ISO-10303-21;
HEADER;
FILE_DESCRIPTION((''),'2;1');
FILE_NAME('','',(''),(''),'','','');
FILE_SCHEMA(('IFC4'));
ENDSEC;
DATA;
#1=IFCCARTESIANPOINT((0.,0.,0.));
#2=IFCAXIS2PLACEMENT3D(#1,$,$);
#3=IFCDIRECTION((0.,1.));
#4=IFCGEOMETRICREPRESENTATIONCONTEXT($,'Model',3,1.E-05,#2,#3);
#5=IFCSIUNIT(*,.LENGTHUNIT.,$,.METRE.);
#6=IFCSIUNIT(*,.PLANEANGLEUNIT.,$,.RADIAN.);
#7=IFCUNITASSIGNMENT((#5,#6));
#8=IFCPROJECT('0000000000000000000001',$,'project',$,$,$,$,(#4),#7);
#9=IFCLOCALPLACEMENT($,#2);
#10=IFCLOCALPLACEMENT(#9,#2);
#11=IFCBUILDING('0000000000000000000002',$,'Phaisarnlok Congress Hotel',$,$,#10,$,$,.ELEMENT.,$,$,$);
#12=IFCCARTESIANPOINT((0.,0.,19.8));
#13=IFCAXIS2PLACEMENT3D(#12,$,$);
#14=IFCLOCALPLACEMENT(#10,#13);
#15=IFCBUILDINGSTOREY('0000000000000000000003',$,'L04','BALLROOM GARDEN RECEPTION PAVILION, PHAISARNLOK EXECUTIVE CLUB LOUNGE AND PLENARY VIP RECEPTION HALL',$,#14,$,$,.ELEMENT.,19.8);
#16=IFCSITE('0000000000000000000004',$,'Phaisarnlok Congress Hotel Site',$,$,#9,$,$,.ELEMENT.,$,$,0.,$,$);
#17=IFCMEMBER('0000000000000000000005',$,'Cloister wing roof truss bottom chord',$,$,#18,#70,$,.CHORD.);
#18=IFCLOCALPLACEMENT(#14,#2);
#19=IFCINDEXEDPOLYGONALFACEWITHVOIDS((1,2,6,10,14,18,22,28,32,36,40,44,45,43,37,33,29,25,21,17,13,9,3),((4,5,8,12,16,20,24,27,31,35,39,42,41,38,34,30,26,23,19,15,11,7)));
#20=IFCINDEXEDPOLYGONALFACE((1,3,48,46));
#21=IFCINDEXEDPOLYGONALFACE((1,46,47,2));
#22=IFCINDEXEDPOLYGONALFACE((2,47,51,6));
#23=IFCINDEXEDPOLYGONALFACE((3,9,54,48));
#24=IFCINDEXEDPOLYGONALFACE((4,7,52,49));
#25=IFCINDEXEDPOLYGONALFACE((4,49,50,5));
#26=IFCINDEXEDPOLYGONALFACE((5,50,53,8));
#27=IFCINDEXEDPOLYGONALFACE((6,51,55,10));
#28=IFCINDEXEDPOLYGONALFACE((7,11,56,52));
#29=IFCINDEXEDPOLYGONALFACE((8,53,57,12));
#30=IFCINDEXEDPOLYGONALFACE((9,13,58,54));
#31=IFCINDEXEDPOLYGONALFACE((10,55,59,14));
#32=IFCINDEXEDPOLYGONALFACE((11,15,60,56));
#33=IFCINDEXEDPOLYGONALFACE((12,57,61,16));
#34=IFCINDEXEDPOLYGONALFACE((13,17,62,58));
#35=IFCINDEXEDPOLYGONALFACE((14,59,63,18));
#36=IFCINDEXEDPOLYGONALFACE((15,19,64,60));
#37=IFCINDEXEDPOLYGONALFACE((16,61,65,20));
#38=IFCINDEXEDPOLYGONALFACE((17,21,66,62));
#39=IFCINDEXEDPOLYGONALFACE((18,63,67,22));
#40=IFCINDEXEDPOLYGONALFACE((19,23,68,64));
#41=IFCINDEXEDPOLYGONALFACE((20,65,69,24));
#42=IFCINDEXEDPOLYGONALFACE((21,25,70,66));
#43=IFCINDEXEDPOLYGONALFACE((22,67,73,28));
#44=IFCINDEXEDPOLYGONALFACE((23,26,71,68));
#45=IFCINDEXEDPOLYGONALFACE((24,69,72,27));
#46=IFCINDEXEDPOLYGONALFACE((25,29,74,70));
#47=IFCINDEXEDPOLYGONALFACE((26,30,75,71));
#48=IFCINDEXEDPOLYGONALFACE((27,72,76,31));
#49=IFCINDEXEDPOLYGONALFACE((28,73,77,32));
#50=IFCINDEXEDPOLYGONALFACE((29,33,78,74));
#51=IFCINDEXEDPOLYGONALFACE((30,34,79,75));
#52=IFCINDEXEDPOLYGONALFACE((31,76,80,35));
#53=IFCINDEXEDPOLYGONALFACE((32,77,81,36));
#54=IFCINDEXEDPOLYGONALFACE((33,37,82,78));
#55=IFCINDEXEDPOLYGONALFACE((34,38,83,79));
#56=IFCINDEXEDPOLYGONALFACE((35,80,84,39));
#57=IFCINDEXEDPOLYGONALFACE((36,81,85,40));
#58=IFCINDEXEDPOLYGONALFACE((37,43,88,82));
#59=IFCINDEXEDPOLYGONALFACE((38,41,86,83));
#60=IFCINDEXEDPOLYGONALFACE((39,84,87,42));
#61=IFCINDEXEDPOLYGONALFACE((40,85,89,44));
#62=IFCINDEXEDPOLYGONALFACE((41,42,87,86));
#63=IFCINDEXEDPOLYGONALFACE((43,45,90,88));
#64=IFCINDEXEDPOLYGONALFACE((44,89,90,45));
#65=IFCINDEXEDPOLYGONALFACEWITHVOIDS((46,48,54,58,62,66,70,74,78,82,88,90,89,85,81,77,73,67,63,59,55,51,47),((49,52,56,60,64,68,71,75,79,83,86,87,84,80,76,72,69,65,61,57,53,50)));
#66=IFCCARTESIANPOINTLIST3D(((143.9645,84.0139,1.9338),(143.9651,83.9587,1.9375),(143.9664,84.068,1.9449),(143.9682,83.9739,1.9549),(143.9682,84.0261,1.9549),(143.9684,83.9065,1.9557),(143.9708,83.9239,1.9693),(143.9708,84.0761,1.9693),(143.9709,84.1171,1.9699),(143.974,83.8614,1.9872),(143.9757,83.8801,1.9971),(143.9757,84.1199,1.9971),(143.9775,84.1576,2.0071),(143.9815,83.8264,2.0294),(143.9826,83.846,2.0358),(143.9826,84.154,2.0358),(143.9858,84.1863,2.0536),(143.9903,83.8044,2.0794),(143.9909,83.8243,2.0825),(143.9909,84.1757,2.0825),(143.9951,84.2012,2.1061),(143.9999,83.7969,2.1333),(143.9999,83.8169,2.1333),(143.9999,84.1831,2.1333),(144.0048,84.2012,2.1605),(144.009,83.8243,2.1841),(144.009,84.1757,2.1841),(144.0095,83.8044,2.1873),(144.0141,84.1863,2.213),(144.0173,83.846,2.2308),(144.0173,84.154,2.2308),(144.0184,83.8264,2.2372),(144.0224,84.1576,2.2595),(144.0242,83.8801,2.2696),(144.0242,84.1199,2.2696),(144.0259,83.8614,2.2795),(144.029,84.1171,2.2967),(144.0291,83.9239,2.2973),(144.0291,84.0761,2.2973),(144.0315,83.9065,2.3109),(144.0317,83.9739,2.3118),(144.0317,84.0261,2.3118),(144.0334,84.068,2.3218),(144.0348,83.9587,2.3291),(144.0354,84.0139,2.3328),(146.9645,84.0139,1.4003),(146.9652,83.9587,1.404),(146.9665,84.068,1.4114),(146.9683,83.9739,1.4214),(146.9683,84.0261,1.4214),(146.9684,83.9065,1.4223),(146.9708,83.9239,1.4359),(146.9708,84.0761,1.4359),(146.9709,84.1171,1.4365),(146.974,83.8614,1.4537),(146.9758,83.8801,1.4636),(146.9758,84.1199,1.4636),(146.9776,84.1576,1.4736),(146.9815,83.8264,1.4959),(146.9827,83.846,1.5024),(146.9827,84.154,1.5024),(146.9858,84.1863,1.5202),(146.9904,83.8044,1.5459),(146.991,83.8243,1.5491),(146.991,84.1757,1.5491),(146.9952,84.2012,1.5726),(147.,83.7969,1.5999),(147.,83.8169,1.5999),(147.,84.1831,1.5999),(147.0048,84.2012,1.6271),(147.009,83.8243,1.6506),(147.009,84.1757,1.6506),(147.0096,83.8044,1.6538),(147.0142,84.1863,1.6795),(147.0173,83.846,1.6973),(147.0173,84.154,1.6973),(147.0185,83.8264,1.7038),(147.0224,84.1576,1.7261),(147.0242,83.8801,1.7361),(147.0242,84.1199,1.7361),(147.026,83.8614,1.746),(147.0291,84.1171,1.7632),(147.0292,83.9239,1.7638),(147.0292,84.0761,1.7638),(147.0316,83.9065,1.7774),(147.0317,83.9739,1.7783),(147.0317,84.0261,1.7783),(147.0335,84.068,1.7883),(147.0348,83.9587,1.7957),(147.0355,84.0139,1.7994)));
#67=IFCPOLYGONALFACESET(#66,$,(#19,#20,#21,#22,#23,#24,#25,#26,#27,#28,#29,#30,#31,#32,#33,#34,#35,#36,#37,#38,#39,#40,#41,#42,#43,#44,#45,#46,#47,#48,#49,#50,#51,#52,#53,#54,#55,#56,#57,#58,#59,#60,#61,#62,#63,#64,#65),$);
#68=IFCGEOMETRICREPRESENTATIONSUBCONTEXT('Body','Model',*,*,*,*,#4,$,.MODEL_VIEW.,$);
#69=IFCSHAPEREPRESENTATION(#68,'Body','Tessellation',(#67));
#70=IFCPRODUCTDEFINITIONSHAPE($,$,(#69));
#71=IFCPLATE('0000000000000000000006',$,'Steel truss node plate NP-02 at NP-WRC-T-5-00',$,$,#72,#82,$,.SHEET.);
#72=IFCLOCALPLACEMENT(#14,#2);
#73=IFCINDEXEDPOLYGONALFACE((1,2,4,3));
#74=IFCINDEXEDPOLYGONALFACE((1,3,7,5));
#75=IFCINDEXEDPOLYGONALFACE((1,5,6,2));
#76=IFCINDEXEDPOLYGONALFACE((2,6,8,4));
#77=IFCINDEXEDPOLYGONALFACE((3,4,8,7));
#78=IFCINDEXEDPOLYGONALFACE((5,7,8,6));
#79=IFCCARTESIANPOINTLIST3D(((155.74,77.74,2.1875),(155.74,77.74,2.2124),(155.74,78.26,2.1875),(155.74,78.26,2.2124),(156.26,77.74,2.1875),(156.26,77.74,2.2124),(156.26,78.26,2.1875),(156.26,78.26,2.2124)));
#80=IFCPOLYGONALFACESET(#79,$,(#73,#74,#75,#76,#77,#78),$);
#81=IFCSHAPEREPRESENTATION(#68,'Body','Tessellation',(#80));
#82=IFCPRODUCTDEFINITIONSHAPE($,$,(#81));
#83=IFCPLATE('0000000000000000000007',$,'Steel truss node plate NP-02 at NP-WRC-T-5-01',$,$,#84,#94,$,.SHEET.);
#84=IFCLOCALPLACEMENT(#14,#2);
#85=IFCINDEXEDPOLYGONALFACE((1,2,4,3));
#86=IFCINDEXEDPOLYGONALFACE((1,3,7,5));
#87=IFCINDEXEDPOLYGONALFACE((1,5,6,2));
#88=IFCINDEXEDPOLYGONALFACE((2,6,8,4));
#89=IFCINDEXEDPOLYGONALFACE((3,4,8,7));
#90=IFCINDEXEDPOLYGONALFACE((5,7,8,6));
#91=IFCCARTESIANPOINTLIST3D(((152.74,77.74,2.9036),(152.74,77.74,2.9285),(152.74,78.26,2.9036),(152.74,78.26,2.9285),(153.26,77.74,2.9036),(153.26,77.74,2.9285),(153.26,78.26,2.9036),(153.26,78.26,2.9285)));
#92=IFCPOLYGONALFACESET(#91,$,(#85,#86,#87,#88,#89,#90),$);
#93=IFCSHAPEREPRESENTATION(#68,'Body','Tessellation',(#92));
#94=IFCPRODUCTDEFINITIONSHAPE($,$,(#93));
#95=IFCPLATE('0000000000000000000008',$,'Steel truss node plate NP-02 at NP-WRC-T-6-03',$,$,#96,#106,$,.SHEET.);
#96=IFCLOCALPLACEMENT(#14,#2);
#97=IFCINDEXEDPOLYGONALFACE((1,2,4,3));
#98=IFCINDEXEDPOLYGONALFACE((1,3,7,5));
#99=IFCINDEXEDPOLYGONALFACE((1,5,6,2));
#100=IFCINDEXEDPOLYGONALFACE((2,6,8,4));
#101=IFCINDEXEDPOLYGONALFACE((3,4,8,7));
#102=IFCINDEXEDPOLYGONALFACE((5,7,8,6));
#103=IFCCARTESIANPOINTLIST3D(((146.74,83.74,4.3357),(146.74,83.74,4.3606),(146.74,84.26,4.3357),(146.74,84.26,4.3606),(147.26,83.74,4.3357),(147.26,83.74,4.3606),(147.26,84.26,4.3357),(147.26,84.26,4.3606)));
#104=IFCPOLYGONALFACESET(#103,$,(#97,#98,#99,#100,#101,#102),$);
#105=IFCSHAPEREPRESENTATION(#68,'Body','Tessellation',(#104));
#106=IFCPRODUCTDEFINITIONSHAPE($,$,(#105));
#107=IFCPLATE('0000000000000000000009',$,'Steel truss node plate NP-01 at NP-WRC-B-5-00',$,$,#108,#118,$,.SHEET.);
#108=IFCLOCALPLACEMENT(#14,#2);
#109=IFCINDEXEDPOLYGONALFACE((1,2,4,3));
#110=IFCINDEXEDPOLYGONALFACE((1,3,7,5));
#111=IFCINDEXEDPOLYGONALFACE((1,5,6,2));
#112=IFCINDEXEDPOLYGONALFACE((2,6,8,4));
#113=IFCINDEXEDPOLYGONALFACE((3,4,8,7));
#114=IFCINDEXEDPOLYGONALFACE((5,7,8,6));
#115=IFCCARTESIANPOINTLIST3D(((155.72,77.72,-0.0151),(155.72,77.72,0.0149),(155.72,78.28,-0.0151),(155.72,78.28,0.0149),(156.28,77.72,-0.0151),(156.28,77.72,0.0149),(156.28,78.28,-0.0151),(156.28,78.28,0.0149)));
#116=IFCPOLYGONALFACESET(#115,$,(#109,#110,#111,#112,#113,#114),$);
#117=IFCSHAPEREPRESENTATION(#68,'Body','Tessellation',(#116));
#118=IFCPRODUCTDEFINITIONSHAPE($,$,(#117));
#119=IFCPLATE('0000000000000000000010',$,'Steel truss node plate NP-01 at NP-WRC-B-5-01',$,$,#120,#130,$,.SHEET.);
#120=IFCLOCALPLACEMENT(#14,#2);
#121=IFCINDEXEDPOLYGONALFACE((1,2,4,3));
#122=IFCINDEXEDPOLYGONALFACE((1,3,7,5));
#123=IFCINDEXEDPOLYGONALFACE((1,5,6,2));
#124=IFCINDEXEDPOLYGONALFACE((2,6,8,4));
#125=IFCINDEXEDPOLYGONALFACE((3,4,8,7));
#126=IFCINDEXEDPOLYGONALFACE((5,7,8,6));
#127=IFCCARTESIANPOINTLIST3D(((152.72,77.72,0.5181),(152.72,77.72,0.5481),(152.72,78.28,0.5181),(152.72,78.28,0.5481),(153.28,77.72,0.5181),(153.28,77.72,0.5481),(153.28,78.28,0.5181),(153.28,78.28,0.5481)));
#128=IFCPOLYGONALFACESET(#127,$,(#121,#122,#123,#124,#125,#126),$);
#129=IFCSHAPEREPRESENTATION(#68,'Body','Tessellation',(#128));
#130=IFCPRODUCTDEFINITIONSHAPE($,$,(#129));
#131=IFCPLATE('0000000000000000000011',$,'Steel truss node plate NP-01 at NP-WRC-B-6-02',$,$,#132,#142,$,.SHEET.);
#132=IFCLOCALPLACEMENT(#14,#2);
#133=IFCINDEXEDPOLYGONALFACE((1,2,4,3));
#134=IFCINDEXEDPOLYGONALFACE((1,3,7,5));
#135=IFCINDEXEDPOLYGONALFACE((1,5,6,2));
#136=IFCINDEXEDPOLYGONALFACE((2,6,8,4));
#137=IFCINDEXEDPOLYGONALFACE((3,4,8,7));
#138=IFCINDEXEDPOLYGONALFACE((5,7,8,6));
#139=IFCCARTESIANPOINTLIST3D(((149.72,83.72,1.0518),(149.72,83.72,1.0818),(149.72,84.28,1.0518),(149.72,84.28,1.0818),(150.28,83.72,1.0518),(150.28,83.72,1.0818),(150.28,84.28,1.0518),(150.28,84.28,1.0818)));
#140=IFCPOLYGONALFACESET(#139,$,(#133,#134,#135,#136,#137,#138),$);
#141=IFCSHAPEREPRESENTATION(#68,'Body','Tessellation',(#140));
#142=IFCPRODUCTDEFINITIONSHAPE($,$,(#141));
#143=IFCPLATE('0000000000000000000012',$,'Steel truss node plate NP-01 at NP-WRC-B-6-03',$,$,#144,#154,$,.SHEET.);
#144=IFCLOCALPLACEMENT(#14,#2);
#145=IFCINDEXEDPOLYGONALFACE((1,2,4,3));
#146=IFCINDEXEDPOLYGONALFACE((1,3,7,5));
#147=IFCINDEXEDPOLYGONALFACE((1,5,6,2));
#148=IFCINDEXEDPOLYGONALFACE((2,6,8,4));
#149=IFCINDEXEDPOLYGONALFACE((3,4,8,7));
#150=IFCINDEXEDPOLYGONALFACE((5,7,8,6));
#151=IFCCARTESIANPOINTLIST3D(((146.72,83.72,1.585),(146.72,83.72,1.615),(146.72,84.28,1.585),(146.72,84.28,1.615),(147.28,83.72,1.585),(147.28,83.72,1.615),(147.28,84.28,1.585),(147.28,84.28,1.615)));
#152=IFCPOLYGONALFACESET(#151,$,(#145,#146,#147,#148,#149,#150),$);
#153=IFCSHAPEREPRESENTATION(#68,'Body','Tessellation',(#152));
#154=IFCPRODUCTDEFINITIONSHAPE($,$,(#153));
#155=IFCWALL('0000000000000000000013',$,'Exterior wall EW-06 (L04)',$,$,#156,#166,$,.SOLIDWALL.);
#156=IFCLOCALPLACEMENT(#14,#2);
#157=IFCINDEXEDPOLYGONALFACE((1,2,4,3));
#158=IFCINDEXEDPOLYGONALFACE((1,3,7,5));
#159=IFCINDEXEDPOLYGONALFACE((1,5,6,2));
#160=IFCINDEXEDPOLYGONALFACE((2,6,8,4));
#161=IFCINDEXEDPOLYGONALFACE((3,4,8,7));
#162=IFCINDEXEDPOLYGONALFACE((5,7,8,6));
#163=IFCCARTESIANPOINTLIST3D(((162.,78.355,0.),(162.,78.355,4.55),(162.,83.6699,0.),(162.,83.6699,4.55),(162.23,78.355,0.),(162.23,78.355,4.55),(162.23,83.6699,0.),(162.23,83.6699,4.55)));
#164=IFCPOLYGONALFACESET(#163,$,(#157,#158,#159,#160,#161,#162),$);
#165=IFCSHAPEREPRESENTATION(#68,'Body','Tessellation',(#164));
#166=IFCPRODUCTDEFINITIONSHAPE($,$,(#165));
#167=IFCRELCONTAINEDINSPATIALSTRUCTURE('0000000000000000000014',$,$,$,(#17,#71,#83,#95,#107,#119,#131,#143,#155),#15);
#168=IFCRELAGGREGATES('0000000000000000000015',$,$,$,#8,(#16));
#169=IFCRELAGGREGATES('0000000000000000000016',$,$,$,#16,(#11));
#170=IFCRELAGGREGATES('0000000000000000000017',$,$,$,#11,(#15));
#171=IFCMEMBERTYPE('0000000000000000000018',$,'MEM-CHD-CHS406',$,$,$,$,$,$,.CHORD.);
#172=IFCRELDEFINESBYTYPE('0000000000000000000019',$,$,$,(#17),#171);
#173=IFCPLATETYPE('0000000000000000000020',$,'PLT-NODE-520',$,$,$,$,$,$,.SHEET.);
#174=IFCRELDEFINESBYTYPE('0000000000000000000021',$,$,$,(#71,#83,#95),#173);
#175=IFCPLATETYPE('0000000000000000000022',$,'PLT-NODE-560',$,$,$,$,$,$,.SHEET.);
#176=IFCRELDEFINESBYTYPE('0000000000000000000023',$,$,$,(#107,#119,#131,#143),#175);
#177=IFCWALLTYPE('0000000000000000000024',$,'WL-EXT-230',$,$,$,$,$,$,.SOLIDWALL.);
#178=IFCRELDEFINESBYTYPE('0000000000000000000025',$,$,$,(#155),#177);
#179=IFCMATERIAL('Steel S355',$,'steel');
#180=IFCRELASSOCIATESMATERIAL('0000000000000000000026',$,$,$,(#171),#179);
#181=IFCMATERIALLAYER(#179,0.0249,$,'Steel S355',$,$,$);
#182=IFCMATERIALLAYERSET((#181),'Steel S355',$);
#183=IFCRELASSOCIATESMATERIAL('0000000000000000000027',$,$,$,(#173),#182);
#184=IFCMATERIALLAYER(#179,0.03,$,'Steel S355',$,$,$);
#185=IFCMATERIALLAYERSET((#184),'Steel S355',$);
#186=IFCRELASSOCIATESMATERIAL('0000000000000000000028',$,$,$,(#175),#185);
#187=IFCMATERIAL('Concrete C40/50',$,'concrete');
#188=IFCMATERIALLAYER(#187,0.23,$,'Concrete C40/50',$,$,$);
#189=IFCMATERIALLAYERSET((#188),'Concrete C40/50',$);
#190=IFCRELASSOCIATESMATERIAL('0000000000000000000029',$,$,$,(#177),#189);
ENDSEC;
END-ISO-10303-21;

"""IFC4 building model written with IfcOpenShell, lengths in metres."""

from ifc_helpers import new_model, si_unit, direction, frame, frame_2d, origin, origin_2d, place, context, subcontext, project, spatial, rectangle, hollow_circle, extrude, material, layer, layer_set, material_profile, profile_set, type_object, element, save


model = new_model("IFC4")

# Units and contexts
model_context = context("Model", 3, precision=1e-05, world=origin(), true_north=direction((0.0, 1.0)))
body_context = subcontext(model_context, "Body", "Model", "MODEL_VIEW")
ifc_project = project(units=[si_unit("LENGTHUNIT", "METRE"), si_unit("PLANEANGLEUNIT", "RADIAN")], contexts=[model_context])

# Site, building, storey
site_placement = place(None, origin())
site = spatial("IfcSite", under=ifc_project, at=site_placement, Name="Phaisarnlok Congress Hotel Site", CompositionType="ELEMENT", RefElevation=0.0)
building_placement = place(site_placement, origin())
building = spatial("IfcBuilding", under=site, at=building_placement, Name="Phaisarnlok Congress Hotel", CompositionType="ELEMENT")
storey_placement = place(building_placement, frame((0.0, 0.0, 19.8)))
storey = spatial("IfcBuildingStorey", under=building, at=storey_placement, Name="L04", Description="BALLROOM GARDEN RECEPTION PAVILION, PHAISARNLOK EXECUTIVE CLUB LOUNGE AND PLENARY VIP RECEPTION HALL", CompositionType="ELEMENT", Elevation=19.8)

# Shared definitions
ifc_material_1 = material(Name="Steel S355", Category="steel")

# Member
ifc_material_profile_1 = material_profile(ifc_material_1, hollow_circle(Radius=0.2031, WallThickness=0.02, at=origin_2d()), Name="CHS 406.4x20")
ifc_profile_set_1 = profile_set([ifc_material_profile_1], Name="Steel S355")
member_type_1 = type_object("IfcMemberType", Name="MEM-CHD-CHS406", PredefinedType="CHORD", material=ifc_profile_set_1)
for number, where, z_axis, x_axis, name in (
    (1, (147.0, 84.0, 1.5999), (-0.984556, 0.0, 0.17507), (0.0, -1.0, 0.0), "Cloister wing roof truss bottom chord"),
):
    element("IfcMember", number, at=place(storey_placement, frame(where, z_axis=z_axis, x_axis=x_axis)), inside=storey, type_object=member_type_1, Name=name, PredefinedType="CHORD", context=body_context, shape_type="SweptSolid", body=[
        extrude(hollow_circle(Radius=0.2031, WallThickness=0.02, at=origin_2d()), origin(), (0.0, 0.0, 1.0), 3.0471),
    ])

# Plates
ifc_layer_1 = layer(ifc_material_1, 0.0249, Name="Steel S355")
ifc_layer_set_1 = layer_set([ifc_layer_1], Name="Steel S355")
plate_type_1 = type_object("IfcPlateType", Name="PLT-NODE-520", PredefinedType="SHEET", material=ifc_layer_set_1)
for number, where, z_axis, x_axis, name in (
    (2, (156.0, 78.0, 2.1875), (0.0, 0.0, 1.0), (1.0, 0.0, 0.0), "Steel truss node plate NP-02 at NP-WRC-T-5-00"),
    (3, (153.0, 78.0, 2.9036), (0.0, 0.0, 1.0), (1.0, 0.0, 0.0), "Steel truss node plate NP-02 at NP-WRC-T-5-01"),
    (4, (147.0, 84.0, 4.3357), (0.0, 0.0, 1.0), (1.0, 0.0, 0.0), "Steel truss node plate NP-02 at NP-WRC-T-6-03"),
):
    element("IfcPlate", number, at=place(storey_placement, frame(where, z_axis=z_axis, x_axis=x_axis)), inside=storey, type_object=plate_type_1, Name=name, PredefinedType="SHEET", context=body_context, shape_type="SweptSolid", body=[
        extrude(rectangle(XDim=0.52, YDim=0.52, at=origin_2d()), origin(), (0.0, 0.0, 1.0), 0.0249),
    ])
ifc_layer_2 = layer(ifc_material_1, 0.03, Name="Steel S355")
ifc_layer_set_2 = layer_set([ifc_layer_2], Name="Steel S355")
plate_type_2 = type_object("IfcPlateType", Name="PLT-NODE-560", PredefinedType="SHEET", material=ifc_layer_set_2)
for number, where, z_axis, x_axis, name in (
    (5, (156.0, 78.0, -0.0151), (0.0, 0.0, 1.0), (1.0, 0.0, 0.0), "Steel truss node plate NP-01 at NP-WRC-B-5-00"),
    (6, (153.0, 78.0, 0.5181), (0.0, 0.0, 1.0), (1.0, 0.0, 0.0), "Steel truss node plate NP-01 at NP-WRC-B-5-01"),
    (7, (150.0, 84.0, 1.0518), (0.0, 0.0, 1.0), (1.0, 0.0, 0.0), "Steel truss node plate NP-01 at NP-WRC-B-6-02"),
    (8, (147.0, 84.0, 1.585), (0.0, 0.0, 1.0), (1.0, 0.0, 0.0), "Steel truss node plate NP-01 at NP-WRC-B-6-03"),
):
    element("IfcPlate", number, at=place(storey_placement, frame(where, z_axis=z_axis, x_axis=x_axis)), inside=storey, type_object=plate_type_2, Name=name, PredefinedType="SHEET", context=body_context, shape_type="SweptSolid", body=[
        extrude(rectangle(XDim=0.5601, YDim=0.5601, at=origin_2d()), origin(), (0.0, 0.0, 1.0), 0.03),
    ])

# Wall
ifc_material_2 = material(Name="Concrete C40/50", Category="concrete")
ifc_layer_3 = layer(ifc_material_2, 0.23, Name="Concrete C40/50")
ifc_layer_set_3 = layer_set([ifc_layer_3], Name="Concrete C40/50")
wall_type = type_object("IfcWallType", Name="WL-EXT-230", PredefinedType="SOLIDWALL", material=ifc_layer_set_3)
wall_placement = place(storey_placement, frame((162.115, 83.6699, 0.0), z_axis=(0.0, 0.0, 1.0), x_axis=(0.0, -1.0, 0.0)))
element("IfcWall", 9, at=wall_placement, inside=storey, type_object=wall_type, Name="Exterior wall EW-06 (L04)", PredefinedType="SOLIDWALL", context=body_context, shape_type="SweptSolid", body=[
    extrude(rectangle(XDim=5.3149, YDim=0.23, at=frame_2d((2.6575, 0.0))), origin(), (0.0, 0.0, 1.0), 4.55),
])

save(model, "model.ifc")
